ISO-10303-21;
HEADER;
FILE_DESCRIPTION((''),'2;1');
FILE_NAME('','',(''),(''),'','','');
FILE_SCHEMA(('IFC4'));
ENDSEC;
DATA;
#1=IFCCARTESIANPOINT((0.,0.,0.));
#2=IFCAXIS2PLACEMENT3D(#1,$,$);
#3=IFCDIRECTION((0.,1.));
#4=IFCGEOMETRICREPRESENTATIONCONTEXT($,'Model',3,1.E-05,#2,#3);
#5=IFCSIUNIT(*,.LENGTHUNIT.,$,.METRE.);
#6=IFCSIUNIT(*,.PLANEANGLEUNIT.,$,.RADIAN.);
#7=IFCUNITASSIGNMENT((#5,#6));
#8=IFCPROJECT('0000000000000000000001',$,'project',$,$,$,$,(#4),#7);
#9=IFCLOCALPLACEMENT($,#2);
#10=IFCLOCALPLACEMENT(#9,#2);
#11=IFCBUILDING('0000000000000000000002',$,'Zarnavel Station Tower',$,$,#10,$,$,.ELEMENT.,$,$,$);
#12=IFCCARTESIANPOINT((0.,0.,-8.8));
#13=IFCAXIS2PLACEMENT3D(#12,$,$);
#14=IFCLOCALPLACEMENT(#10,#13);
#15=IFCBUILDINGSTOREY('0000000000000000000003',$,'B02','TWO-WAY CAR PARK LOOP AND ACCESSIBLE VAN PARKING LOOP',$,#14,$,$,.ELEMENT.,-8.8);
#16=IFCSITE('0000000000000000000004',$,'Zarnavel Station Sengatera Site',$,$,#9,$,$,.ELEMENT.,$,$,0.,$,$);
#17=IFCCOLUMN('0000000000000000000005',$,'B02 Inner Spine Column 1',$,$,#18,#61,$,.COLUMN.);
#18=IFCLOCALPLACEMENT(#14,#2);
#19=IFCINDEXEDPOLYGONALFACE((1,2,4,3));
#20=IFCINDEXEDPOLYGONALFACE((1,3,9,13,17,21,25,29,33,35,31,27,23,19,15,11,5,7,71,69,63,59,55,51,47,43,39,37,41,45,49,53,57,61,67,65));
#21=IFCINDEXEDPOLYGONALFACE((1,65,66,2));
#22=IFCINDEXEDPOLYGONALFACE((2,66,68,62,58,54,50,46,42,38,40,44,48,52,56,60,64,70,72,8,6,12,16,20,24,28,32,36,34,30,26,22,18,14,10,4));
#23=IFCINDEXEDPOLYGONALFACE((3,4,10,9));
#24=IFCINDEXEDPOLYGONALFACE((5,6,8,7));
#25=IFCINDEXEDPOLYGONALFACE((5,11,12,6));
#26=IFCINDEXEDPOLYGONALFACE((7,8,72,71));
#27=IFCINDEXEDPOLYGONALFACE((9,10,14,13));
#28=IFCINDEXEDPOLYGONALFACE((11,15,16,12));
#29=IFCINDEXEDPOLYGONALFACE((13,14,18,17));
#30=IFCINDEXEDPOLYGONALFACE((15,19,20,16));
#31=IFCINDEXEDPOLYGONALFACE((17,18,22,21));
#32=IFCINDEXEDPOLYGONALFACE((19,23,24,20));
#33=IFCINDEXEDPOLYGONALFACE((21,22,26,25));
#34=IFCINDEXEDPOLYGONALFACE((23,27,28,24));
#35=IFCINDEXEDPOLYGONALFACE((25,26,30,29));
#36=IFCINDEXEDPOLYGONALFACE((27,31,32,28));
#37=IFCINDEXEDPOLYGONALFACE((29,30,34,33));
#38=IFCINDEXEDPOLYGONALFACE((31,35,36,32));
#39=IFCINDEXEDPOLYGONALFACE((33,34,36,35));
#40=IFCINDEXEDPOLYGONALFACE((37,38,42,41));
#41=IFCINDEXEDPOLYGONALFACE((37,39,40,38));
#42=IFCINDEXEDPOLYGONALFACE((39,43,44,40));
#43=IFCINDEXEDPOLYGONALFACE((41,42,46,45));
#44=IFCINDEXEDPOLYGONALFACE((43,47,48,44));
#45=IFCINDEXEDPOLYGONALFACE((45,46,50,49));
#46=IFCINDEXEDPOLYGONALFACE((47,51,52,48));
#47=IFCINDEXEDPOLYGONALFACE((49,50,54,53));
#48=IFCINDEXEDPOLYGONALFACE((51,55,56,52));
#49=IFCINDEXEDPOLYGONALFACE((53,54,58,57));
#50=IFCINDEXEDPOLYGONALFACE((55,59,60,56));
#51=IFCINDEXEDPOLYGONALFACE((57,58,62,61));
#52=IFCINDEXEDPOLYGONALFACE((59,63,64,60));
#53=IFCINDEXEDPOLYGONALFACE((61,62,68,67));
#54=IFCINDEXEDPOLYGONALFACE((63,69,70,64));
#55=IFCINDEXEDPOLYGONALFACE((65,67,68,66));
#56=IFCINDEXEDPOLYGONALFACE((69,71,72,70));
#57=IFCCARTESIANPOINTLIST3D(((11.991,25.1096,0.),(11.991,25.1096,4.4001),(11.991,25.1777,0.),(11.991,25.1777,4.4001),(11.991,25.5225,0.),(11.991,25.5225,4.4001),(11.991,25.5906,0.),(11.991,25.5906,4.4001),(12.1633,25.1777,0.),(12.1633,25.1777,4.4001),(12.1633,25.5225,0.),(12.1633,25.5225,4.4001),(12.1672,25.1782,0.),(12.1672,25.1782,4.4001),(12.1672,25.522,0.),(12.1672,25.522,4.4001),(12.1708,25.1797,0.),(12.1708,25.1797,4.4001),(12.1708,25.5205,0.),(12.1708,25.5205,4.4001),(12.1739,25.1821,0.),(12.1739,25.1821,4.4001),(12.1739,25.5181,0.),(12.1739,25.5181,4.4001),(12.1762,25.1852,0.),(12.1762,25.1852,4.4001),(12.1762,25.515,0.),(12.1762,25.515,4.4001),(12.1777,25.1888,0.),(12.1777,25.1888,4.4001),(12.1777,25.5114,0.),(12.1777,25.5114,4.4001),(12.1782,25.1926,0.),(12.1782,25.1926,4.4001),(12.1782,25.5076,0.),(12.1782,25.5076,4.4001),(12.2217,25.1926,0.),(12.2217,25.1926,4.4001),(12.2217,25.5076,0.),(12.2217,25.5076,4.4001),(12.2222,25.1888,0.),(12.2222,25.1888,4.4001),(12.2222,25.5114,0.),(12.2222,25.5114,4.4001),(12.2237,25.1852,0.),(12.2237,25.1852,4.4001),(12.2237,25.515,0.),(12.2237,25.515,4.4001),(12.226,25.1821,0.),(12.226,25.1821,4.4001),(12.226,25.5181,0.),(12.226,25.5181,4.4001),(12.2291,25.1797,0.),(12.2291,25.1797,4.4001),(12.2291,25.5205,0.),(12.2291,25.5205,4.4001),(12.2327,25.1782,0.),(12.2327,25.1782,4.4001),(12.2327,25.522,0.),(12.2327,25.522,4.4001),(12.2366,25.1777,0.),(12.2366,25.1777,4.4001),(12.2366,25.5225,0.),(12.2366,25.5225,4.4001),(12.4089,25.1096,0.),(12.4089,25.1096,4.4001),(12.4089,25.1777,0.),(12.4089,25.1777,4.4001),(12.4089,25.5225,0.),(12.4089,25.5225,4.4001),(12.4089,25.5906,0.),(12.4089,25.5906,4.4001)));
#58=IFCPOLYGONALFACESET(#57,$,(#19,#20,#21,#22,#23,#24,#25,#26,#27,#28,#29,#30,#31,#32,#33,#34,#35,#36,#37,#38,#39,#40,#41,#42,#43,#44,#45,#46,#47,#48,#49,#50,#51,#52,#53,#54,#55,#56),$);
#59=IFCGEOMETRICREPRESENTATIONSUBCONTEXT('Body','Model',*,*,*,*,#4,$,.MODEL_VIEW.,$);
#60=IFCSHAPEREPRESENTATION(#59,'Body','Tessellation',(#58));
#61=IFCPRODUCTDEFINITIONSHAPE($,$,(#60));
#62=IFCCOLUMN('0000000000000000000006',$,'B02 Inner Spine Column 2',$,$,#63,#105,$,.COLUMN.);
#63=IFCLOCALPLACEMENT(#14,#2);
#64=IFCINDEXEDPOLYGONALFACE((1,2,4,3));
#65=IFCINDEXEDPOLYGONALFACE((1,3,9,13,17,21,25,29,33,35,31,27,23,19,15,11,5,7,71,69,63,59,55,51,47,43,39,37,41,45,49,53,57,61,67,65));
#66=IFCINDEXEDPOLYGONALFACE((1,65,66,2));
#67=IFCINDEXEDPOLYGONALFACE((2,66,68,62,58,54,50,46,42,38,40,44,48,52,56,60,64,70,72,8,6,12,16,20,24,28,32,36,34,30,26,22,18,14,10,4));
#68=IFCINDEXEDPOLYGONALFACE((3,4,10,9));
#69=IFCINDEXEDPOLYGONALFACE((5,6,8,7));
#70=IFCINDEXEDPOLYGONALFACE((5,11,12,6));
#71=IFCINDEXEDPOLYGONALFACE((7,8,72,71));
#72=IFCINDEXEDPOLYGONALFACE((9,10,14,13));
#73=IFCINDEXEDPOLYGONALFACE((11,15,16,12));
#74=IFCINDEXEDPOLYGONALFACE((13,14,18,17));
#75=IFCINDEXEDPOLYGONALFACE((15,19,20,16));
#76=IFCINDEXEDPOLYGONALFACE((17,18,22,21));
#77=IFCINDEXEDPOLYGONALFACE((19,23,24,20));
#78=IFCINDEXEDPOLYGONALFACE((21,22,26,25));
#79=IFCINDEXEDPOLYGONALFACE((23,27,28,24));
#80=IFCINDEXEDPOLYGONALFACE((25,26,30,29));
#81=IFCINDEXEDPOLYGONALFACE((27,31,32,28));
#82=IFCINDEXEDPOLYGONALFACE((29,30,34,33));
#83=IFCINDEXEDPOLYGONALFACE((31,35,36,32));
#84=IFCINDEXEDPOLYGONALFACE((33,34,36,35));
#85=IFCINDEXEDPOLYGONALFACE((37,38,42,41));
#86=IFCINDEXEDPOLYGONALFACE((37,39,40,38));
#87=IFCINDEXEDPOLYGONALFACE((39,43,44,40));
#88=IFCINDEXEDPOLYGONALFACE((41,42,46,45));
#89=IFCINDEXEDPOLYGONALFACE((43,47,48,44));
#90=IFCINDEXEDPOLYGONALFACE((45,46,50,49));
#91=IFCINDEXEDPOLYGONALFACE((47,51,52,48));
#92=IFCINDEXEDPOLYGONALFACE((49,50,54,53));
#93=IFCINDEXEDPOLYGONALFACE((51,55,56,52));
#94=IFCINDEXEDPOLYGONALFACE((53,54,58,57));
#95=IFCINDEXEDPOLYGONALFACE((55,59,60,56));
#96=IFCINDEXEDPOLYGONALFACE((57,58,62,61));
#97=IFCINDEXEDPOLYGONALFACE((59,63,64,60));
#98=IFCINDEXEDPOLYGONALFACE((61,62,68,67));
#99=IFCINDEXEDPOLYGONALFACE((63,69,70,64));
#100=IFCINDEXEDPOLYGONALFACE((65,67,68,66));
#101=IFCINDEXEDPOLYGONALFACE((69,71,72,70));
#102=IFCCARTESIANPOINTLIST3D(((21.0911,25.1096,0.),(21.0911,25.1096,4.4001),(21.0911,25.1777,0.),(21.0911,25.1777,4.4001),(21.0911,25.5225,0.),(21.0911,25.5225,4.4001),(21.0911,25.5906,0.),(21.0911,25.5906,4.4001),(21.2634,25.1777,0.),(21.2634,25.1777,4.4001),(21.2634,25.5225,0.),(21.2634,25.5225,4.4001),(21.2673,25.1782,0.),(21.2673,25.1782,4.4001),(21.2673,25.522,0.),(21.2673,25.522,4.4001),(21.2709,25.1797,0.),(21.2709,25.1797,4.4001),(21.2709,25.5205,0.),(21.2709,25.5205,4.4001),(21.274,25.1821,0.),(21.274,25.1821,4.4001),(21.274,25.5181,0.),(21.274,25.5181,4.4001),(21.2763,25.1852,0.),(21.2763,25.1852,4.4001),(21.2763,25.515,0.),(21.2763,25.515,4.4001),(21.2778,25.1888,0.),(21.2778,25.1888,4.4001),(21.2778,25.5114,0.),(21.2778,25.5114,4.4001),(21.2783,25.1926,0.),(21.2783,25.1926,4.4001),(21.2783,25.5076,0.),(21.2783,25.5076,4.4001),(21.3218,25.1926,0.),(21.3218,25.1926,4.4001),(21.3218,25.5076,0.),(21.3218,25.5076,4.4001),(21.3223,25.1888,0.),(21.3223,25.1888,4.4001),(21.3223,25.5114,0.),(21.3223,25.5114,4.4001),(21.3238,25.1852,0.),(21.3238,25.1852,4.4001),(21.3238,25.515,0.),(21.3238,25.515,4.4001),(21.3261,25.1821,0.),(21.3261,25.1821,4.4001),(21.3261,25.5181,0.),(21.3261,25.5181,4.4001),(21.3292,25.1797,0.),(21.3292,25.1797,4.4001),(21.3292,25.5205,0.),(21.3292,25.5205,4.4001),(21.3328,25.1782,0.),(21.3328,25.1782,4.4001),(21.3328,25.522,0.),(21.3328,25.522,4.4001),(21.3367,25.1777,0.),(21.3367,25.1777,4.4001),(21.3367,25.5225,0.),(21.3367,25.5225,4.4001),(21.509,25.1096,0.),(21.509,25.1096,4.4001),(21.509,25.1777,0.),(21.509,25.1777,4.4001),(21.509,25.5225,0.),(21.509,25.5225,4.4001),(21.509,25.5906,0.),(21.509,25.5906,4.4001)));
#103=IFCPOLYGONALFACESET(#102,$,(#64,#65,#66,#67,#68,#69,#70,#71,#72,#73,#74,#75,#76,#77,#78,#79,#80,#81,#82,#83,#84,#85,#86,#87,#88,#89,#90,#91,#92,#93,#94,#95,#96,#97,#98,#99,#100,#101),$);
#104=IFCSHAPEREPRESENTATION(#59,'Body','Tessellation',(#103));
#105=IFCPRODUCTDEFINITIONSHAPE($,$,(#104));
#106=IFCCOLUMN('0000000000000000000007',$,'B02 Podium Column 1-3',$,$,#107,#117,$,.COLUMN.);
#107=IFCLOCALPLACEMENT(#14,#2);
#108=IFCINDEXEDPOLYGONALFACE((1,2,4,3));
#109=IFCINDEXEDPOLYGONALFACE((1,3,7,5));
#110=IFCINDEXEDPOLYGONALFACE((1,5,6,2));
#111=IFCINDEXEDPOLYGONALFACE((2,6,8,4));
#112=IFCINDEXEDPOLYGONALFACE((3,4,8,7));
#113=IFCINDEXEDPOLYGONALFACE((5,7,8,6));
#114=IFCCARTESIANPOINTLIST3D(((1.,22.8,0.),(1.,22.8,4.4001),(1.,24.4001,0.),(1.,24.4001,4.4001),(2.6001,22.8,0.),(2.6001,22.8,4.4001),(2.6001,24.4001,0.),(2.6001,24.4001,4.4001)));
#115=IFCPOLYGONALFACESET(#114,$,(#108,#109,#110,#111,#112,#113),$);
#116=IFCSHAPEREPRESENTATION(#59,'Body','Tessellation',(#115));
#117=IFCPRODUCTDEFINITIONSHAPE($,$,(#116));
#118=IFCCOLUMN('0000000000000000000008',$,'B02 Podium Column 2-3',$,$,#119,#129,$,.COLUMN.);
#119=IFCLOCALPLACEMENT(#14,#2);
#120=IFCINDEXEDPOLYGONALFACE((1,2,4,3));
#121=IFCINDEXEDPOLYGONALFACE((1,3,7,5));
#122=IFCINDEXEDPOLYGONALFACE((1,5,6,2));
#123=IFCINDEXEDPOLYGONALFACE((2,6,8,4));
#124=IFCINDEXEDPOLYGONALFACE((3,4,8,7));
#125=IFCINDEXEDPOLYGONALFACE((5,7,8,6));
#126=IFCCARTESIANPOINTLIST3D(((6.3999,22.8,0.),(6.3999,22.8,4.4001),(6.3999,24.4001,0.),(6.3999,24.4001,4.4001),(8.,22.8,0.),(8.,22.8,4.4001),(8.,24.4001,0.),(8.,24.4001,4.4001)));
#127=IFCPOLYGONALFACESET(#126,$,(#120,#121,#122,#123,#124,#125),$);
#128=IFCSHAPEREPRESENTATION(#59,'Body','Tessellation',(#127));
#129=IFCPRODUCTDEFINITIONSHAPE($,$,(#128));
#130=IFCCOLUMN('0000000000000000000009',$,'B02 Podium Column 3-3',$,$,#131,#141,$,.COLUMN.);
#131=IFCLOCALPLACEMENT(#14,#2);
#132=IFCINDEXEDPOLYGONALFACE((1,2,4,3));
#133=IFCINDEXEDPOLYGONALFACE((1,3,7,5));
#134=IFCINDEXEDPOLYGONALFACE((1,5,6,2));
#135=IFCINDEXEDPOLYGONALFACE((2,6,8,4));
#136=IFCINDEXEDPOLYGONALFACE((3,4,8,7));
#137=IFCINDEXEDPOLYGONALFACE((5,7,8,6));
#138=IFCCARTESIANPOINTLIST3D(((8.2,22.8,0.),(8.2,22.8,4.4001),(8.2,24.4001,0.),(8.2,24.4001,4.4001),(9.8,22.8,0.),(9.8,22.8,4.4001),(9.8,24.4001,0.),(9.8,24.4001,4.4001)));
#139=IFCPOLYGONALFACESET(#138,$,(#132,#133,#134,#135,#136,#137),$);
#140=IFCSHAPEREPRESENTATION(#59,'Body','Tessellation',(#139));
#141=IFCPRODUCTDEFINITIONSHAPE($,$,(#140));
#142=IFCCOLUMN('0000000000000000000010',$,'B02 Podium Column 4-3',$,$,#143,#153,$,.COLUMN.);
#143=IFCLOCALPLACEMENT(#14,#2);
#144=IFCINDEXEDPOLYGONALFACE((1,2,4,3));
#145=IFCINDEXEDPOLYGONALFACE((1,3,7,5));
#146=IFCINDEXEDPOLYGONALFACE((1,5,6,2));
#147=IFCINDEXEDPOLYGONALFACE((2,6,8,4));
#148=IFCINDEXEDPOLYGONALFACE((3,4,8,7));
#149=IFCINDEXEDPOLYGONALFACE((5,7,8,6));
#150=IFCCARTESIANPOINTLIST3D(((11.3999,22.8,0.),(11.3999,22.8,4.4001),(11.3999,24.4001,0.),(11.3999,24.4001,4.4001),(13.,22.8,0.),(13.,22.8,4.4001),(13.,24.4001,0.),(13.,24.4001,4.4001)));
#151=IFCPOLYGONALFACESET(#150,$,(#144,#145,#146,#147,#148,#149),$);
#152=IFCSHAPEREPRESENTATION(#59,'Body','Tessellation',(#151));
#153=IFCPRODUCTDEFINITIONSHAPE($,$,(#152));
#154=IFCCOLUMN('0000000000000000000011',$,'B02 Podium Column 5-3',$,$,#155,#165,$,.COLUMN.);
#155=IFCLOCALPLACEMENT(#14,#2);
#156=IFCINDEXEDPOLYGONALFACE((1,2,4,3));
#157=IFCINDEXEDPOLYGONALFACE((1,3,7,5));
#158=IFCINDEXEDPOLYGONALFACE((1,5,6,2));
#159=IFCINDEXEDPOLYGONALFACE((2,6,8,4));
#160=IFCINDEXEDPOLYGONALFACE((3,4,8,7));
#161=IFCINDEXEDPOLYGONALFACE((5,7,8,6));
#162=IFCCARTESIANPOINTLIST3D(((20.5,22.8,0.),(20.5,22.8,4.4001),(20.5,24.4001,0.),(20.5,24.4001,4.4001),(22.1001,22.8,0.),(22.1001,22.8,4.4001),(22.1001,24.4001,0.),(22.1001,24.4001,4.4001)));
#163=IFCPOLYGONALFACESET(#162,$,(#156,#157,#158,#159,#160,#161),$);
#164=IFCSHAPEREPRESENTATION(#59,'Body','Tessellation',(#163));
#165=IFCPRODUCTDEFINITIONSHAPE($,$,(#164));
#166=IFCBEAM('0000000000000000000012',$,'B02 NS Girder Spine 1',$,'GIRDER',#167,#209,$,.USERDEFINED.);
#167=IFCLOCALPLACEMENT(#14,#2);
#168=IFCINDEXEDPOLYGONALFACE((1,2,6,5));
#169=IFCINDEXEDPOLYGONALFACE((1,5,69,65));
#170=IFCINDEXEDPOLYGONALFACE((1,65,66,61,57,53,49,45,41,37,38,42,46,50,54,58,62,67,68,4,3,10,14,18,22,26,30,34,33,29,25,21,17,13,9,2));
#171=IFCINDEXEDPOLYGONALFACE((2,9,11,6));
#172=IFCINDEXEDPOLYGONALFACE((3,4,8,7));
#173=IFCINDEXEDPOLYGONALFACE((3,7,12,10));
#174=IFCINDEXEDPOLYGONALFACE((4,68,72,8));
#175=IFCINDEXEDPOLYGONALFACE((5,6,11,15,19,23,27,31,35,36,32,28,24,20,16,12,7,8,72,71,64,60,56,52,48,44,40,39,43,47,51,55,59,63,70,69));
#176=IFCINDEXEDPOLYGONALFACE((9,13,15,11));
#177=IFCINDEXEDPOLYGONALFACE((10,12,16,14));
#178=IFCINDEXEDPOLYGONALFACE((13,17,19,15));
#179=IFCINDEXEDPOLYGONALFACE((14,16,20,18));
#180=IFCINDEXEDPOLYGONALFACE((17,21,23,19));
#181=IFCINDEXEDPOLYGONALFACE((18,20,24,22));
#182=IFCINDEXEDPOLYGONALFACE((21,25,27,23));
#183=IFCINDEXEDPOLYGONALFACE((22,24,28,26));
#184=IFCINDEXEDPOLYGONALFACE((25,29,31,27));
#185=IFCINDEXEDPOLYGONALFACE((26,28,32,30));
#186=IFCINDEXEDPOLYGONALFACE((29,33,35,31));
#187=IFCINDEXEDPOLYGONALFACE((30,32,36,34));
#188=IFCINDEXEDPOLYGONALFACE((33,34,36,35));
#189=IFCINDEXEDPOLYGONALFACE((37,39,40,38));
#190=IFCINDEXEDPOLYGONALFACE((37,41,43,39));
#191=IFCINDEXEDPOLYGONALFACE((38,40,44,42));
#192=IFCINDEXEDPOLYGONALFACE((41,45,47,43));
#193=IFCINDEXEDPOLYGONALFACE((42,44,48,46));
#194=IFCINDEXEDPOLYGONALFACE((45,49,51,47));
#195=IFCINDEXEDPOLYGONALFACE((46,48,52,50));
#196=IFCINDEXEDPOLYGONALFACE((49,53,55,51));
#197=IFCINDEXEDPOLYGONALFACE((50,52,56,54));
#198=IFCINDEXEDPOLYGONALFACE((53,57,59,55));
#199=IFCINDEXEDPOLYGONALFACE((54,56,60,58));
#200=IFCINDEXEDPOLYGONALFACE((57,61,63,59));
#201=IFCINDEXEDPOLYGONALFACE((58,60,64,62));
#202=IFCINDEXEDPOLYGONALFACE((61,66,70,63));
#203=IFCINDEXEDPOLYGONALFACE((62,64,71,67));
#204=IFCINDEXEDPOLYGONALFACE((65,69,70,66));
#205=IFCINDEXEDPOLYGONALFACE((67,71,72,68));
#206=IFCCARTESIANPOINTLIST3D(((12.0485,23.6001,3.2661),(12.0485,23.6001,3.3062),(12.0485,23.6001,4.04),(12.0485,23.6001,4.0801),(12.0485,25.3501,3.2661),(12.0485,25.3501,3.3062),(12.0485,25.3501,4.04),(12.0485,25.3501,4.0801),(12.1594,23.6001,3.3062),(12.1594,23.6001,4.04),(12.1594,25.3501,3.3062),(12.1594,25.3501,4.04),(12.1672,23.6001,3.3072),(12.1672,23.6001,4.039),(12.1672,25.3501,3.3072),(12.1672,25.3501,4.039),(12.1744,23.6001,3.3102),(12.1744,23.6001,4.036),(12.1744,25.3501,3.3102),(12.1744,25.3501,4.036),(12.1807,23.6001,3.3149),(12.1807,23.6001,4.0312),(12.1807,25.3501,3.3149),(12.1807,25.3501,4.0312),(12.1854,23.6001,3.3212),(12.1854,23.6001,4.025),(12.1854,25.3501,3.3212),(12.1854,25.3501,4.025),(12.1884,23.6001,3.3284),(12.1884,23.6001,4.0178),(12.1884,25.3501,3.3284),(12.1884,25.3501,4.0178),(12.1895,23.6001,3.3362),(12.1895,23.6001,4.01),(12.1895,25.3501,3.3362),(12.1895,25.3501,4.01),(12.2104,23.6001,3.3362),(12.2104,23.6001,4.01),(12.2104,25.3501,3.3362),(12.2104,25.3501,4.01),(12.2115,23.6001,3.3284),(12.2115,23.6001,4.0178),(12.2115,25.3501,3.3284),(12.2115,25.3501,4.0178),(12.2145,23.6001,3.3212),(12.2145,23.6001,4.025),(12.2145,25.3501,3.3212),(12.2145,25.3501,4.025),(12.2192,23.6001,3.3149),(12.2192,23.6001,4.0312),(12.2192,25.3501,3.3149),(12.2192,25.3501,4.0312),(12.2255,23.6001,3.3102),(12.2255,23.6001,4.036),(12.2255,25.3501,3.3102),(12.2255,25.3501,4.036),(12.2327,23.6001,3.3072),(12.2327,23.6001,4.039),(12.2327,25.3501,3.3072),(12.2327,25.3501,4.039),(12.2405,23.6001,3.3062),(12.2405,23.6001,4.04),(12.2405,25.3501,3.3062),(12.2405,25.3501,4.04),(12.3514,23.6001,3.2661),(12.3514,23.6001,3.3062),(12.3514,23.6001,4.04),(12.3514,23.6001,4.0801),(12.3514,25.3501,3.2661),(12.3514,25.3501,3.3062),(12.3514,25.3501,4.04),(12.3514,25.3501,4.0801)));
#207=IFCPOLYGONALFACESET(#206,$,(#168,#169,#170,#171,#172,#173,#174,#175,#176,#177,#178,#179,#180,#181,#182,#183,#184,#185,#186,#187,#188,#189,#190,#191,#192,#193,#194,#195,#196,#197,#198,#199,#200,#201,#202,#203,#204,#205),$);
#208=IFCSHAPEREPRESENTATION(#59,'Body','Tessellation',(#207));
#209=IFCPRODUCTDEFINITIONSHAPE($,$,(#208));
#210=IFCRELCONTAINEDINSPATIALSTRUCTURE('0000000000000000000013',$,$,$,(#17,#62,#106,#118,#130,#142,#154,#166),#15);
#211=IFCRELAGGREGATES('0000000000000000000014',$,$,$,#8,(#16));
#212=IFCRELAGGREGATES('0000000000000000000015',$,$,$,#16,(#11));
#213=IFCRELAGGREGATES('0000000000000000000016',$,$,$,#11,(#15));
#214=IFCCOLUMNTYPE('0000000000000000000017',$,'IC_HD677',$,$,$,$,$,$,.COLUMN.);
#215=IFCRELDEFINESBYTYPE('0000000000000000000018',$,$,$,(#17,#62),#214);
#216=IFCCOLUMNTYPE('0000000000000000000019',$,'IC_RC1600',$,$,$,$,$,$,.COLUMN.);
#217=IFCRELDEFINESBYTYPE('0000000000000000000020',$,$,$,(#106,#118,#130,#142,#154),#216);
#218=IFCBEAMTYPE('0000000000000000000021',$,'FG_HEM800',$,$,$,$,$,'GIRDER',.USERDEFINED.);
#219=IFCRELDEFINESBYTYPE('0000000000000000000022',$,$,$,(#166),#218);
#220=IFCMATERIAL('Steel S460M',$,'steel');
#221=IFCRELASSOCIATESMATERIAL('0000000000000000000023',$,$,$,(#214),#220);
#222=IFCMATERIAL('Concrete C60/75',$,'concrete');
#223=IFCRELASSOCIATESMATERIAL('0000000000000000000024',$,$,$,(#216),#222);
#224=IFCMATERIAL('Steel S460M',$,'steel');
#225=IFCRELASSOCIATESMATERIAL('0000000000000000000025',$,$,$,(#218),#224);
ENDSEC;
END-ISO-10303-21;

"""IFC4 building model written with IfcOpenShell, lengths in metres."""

from ifc_helpers import new_model, si_unit, direction, frame, origin, origin_2d, place, context, subcontext, project, spatial, rectangle, i_section, extrude, material, material_profile, profile_set, type_object, element, save


model = new_model("IFC4")

# Units and contexts
model_context = context("Model", 3, precision=1e-05, world=origin(), true_north=direction((0.0, 1.0)))
body_context = subcontext(model_context, "Body", "Model", "MODEL_VIEW")
ifc_project = project(units=[si_unit("LENGTHUNIT", "METRE"), si_unit("PLANEANGLEUNIT", "RADIAN")], contexts=[model_context])

# Site, building, storey
site_placement = place(None, origin())
site = spatial("IfcSite", under=ifc_project, at=site_placement, Name="Zarnavel Station Sengatera Site", CompositionType="ELEMENT", RefElevation=0.0)
building_placement = place(site_placement, origin())
building = spatial("IfcBuilding", under=site, at=building_placement, Name="Zarnavel Station Tower", CompositionType="ELEMENT")
storey_placement = place(building_placement, frame((0.0, 0.0, -8.8)))
storey = spatial("IfcBuildingStorey", under=building, at=storey_placement, Name="B02", Description="TWO-WAY CAR PARK LOOP AND ACCESSIBLE VAN PARKING LOOP", CompositionType="ELEMENT", Elevation=-8.8)

# Columns
ifc_material_1 = material(Name="Steel S460M", Category="steel")
ifc_material_profile_1 = material_profile(ifc_material_1, i_section(OverallWidth=0.418, OverallDepth=0.481, WebThickness=0.0435, FlangeThickness=0.0681, FilletRadius=0.0149, at=origin_2d()), Name="HD400x677")
ifc_profile_set_1 = profile_set([ifc_material_profile_1], Name="Steel S460M")
column_type_1 = type_object("IfcColumnType", Name="IC_HD677", PredefinedType="COLUMN", material=ifc_profile_set_1)
for number, where, z_axis, x_axis, name in (
    (1, (12.2, 25.3501, 0.0), (0.0, 0.0, 1.0), (1.0, 0.0, 0.0), "B02 Inner Spine Column 1"),
    (2, (21.3, 25.3501, 0.0), (0.0, 0.0, 1.0), (1.0, 0.0, 0.0), "B02 Inner Spine Column 2"),
):
    element("IfcColumn", number, at=place(storey_placement, frame(where, z_axis=z_axis, x_axis=x_axis)), inside=storey, type_object=column_type_1, Name=name, PredefinedType="COLUMN", context=body_context, shape_type="SweptSolid", body=[
        extrude(i_section(OverallWidth=0.418, OverallDepth=0.481, WebThickness=0.0435, FlangeThickness=0.0681, FilletRadius=0.0149, at=origin_2d()), origin(), (0.0, 0.0, 1.0), 4.4001),
    ])
ifc_material_2 = material(Name="Concrete C60/75", Category="concrete")
ifc_material_profile_2 = material_profile(ifc_material_2, rectangle(XDim=1.6001, YDim=1.6001, at=origin_2d()), Name="RC1600x1600")
ifc_profile_set_2 = profile_set([ifc_material_profile_2], Name="Concrete C60/75")
column_type_2 = type_object("IfcColumnType", Name="IC_RC1600", PredefinedType="COLUMN", material=ifc_profile_set_2)
for number, where, z_axis, x_axis, name in (
    (3, (1.8, 23.6001, 0.0), (0.0, 0.0, 1.0), (1.0, 0.0, 0.0), "B02 Podium Column 1-3"),
    (4, (7.2, 23.6001, 0.0), (0.0, 0.0, 1.0), (1.0, 0.0, 0.0), "B02 Podium Column 2-3"),
    (5, (9.0, 23.6001, 0.0), (0.0, 0.0, 1.0), (1.0, 0.0, 0.0), "B02 Podium Column 3-3"),
    (6, (12.2, 23.6001, 0.0), (0.0, 0.0, 1.0), (1.0, 0.0, 0.0), "B02 Podium Column 4-3"),
    (7, (21.3, 23.6001, 0.0), (0.0, 0.0, 1.0), (1.0, 0.0, 0.0), "B02 Podium Column 5-3"),
):
    element("IfcColumn", number, at=place(storey_placement, frame(where, z_axis=z_axis, x_axis=x_axis)), inside=storey, type_object=column_type_2, Name=name, PredefinedType="COLUMN", context=body_context, shape_type="SweptSolid", body=[
        extrude(rectangle(XDim=1.6001, YDim=1.6001, at=origin_2d()), origin(), (0.0, 0.0, 1.0), 4.4001),
    ])

# Beam
ifc_material_3 = material(Name="Steel S460M", Category="steel")
ifc_material_profile_3 = material_profile(ifc_material_3, i_section(OverallWidth=0.303, OverallDepth=0.814, WebThickness=0.021, FlangeThickness=0.04, FilletRadius=0.03, at=origin_2d()), Name="HEM800")
ifc_profile_set_3 = profile_set([ifc_material_profile_3], Name="Steel S460M")
beam_type_1 = type_object("IfcBeamType", Name="FG_HEM800", ElementType="GIRDER", PredefinedType="USERDEFINED", material=ifc_profile_set_3)
beam_1_placement = place(storey_placement, frame((12.2, 23.6001, 3.6731), z_axis=(0.0, 1.0, 0.0), x_axis=(-1.0, 0.0, 0.0)))
element("IfcBeam", 8, at=beam_1_placement, inside=storey, type_object=beam_type_1, Name="B02 NS Girder Spine 1", ObjectType="GIRDER", PredefinedType="USERDEFINED", context=body_context, shape_type="SweptSolid", body=[
    extrude(i_section(OverallWidth=0.303, OverallDepth=0.814, WebThickness=0.021, FlangeThickness=0.04, FilletRadius=0.03, at=origin_2d()), origin(), (0.0, 0.0, 1.0), 1.75),
])

save(model, "model.ifc")
